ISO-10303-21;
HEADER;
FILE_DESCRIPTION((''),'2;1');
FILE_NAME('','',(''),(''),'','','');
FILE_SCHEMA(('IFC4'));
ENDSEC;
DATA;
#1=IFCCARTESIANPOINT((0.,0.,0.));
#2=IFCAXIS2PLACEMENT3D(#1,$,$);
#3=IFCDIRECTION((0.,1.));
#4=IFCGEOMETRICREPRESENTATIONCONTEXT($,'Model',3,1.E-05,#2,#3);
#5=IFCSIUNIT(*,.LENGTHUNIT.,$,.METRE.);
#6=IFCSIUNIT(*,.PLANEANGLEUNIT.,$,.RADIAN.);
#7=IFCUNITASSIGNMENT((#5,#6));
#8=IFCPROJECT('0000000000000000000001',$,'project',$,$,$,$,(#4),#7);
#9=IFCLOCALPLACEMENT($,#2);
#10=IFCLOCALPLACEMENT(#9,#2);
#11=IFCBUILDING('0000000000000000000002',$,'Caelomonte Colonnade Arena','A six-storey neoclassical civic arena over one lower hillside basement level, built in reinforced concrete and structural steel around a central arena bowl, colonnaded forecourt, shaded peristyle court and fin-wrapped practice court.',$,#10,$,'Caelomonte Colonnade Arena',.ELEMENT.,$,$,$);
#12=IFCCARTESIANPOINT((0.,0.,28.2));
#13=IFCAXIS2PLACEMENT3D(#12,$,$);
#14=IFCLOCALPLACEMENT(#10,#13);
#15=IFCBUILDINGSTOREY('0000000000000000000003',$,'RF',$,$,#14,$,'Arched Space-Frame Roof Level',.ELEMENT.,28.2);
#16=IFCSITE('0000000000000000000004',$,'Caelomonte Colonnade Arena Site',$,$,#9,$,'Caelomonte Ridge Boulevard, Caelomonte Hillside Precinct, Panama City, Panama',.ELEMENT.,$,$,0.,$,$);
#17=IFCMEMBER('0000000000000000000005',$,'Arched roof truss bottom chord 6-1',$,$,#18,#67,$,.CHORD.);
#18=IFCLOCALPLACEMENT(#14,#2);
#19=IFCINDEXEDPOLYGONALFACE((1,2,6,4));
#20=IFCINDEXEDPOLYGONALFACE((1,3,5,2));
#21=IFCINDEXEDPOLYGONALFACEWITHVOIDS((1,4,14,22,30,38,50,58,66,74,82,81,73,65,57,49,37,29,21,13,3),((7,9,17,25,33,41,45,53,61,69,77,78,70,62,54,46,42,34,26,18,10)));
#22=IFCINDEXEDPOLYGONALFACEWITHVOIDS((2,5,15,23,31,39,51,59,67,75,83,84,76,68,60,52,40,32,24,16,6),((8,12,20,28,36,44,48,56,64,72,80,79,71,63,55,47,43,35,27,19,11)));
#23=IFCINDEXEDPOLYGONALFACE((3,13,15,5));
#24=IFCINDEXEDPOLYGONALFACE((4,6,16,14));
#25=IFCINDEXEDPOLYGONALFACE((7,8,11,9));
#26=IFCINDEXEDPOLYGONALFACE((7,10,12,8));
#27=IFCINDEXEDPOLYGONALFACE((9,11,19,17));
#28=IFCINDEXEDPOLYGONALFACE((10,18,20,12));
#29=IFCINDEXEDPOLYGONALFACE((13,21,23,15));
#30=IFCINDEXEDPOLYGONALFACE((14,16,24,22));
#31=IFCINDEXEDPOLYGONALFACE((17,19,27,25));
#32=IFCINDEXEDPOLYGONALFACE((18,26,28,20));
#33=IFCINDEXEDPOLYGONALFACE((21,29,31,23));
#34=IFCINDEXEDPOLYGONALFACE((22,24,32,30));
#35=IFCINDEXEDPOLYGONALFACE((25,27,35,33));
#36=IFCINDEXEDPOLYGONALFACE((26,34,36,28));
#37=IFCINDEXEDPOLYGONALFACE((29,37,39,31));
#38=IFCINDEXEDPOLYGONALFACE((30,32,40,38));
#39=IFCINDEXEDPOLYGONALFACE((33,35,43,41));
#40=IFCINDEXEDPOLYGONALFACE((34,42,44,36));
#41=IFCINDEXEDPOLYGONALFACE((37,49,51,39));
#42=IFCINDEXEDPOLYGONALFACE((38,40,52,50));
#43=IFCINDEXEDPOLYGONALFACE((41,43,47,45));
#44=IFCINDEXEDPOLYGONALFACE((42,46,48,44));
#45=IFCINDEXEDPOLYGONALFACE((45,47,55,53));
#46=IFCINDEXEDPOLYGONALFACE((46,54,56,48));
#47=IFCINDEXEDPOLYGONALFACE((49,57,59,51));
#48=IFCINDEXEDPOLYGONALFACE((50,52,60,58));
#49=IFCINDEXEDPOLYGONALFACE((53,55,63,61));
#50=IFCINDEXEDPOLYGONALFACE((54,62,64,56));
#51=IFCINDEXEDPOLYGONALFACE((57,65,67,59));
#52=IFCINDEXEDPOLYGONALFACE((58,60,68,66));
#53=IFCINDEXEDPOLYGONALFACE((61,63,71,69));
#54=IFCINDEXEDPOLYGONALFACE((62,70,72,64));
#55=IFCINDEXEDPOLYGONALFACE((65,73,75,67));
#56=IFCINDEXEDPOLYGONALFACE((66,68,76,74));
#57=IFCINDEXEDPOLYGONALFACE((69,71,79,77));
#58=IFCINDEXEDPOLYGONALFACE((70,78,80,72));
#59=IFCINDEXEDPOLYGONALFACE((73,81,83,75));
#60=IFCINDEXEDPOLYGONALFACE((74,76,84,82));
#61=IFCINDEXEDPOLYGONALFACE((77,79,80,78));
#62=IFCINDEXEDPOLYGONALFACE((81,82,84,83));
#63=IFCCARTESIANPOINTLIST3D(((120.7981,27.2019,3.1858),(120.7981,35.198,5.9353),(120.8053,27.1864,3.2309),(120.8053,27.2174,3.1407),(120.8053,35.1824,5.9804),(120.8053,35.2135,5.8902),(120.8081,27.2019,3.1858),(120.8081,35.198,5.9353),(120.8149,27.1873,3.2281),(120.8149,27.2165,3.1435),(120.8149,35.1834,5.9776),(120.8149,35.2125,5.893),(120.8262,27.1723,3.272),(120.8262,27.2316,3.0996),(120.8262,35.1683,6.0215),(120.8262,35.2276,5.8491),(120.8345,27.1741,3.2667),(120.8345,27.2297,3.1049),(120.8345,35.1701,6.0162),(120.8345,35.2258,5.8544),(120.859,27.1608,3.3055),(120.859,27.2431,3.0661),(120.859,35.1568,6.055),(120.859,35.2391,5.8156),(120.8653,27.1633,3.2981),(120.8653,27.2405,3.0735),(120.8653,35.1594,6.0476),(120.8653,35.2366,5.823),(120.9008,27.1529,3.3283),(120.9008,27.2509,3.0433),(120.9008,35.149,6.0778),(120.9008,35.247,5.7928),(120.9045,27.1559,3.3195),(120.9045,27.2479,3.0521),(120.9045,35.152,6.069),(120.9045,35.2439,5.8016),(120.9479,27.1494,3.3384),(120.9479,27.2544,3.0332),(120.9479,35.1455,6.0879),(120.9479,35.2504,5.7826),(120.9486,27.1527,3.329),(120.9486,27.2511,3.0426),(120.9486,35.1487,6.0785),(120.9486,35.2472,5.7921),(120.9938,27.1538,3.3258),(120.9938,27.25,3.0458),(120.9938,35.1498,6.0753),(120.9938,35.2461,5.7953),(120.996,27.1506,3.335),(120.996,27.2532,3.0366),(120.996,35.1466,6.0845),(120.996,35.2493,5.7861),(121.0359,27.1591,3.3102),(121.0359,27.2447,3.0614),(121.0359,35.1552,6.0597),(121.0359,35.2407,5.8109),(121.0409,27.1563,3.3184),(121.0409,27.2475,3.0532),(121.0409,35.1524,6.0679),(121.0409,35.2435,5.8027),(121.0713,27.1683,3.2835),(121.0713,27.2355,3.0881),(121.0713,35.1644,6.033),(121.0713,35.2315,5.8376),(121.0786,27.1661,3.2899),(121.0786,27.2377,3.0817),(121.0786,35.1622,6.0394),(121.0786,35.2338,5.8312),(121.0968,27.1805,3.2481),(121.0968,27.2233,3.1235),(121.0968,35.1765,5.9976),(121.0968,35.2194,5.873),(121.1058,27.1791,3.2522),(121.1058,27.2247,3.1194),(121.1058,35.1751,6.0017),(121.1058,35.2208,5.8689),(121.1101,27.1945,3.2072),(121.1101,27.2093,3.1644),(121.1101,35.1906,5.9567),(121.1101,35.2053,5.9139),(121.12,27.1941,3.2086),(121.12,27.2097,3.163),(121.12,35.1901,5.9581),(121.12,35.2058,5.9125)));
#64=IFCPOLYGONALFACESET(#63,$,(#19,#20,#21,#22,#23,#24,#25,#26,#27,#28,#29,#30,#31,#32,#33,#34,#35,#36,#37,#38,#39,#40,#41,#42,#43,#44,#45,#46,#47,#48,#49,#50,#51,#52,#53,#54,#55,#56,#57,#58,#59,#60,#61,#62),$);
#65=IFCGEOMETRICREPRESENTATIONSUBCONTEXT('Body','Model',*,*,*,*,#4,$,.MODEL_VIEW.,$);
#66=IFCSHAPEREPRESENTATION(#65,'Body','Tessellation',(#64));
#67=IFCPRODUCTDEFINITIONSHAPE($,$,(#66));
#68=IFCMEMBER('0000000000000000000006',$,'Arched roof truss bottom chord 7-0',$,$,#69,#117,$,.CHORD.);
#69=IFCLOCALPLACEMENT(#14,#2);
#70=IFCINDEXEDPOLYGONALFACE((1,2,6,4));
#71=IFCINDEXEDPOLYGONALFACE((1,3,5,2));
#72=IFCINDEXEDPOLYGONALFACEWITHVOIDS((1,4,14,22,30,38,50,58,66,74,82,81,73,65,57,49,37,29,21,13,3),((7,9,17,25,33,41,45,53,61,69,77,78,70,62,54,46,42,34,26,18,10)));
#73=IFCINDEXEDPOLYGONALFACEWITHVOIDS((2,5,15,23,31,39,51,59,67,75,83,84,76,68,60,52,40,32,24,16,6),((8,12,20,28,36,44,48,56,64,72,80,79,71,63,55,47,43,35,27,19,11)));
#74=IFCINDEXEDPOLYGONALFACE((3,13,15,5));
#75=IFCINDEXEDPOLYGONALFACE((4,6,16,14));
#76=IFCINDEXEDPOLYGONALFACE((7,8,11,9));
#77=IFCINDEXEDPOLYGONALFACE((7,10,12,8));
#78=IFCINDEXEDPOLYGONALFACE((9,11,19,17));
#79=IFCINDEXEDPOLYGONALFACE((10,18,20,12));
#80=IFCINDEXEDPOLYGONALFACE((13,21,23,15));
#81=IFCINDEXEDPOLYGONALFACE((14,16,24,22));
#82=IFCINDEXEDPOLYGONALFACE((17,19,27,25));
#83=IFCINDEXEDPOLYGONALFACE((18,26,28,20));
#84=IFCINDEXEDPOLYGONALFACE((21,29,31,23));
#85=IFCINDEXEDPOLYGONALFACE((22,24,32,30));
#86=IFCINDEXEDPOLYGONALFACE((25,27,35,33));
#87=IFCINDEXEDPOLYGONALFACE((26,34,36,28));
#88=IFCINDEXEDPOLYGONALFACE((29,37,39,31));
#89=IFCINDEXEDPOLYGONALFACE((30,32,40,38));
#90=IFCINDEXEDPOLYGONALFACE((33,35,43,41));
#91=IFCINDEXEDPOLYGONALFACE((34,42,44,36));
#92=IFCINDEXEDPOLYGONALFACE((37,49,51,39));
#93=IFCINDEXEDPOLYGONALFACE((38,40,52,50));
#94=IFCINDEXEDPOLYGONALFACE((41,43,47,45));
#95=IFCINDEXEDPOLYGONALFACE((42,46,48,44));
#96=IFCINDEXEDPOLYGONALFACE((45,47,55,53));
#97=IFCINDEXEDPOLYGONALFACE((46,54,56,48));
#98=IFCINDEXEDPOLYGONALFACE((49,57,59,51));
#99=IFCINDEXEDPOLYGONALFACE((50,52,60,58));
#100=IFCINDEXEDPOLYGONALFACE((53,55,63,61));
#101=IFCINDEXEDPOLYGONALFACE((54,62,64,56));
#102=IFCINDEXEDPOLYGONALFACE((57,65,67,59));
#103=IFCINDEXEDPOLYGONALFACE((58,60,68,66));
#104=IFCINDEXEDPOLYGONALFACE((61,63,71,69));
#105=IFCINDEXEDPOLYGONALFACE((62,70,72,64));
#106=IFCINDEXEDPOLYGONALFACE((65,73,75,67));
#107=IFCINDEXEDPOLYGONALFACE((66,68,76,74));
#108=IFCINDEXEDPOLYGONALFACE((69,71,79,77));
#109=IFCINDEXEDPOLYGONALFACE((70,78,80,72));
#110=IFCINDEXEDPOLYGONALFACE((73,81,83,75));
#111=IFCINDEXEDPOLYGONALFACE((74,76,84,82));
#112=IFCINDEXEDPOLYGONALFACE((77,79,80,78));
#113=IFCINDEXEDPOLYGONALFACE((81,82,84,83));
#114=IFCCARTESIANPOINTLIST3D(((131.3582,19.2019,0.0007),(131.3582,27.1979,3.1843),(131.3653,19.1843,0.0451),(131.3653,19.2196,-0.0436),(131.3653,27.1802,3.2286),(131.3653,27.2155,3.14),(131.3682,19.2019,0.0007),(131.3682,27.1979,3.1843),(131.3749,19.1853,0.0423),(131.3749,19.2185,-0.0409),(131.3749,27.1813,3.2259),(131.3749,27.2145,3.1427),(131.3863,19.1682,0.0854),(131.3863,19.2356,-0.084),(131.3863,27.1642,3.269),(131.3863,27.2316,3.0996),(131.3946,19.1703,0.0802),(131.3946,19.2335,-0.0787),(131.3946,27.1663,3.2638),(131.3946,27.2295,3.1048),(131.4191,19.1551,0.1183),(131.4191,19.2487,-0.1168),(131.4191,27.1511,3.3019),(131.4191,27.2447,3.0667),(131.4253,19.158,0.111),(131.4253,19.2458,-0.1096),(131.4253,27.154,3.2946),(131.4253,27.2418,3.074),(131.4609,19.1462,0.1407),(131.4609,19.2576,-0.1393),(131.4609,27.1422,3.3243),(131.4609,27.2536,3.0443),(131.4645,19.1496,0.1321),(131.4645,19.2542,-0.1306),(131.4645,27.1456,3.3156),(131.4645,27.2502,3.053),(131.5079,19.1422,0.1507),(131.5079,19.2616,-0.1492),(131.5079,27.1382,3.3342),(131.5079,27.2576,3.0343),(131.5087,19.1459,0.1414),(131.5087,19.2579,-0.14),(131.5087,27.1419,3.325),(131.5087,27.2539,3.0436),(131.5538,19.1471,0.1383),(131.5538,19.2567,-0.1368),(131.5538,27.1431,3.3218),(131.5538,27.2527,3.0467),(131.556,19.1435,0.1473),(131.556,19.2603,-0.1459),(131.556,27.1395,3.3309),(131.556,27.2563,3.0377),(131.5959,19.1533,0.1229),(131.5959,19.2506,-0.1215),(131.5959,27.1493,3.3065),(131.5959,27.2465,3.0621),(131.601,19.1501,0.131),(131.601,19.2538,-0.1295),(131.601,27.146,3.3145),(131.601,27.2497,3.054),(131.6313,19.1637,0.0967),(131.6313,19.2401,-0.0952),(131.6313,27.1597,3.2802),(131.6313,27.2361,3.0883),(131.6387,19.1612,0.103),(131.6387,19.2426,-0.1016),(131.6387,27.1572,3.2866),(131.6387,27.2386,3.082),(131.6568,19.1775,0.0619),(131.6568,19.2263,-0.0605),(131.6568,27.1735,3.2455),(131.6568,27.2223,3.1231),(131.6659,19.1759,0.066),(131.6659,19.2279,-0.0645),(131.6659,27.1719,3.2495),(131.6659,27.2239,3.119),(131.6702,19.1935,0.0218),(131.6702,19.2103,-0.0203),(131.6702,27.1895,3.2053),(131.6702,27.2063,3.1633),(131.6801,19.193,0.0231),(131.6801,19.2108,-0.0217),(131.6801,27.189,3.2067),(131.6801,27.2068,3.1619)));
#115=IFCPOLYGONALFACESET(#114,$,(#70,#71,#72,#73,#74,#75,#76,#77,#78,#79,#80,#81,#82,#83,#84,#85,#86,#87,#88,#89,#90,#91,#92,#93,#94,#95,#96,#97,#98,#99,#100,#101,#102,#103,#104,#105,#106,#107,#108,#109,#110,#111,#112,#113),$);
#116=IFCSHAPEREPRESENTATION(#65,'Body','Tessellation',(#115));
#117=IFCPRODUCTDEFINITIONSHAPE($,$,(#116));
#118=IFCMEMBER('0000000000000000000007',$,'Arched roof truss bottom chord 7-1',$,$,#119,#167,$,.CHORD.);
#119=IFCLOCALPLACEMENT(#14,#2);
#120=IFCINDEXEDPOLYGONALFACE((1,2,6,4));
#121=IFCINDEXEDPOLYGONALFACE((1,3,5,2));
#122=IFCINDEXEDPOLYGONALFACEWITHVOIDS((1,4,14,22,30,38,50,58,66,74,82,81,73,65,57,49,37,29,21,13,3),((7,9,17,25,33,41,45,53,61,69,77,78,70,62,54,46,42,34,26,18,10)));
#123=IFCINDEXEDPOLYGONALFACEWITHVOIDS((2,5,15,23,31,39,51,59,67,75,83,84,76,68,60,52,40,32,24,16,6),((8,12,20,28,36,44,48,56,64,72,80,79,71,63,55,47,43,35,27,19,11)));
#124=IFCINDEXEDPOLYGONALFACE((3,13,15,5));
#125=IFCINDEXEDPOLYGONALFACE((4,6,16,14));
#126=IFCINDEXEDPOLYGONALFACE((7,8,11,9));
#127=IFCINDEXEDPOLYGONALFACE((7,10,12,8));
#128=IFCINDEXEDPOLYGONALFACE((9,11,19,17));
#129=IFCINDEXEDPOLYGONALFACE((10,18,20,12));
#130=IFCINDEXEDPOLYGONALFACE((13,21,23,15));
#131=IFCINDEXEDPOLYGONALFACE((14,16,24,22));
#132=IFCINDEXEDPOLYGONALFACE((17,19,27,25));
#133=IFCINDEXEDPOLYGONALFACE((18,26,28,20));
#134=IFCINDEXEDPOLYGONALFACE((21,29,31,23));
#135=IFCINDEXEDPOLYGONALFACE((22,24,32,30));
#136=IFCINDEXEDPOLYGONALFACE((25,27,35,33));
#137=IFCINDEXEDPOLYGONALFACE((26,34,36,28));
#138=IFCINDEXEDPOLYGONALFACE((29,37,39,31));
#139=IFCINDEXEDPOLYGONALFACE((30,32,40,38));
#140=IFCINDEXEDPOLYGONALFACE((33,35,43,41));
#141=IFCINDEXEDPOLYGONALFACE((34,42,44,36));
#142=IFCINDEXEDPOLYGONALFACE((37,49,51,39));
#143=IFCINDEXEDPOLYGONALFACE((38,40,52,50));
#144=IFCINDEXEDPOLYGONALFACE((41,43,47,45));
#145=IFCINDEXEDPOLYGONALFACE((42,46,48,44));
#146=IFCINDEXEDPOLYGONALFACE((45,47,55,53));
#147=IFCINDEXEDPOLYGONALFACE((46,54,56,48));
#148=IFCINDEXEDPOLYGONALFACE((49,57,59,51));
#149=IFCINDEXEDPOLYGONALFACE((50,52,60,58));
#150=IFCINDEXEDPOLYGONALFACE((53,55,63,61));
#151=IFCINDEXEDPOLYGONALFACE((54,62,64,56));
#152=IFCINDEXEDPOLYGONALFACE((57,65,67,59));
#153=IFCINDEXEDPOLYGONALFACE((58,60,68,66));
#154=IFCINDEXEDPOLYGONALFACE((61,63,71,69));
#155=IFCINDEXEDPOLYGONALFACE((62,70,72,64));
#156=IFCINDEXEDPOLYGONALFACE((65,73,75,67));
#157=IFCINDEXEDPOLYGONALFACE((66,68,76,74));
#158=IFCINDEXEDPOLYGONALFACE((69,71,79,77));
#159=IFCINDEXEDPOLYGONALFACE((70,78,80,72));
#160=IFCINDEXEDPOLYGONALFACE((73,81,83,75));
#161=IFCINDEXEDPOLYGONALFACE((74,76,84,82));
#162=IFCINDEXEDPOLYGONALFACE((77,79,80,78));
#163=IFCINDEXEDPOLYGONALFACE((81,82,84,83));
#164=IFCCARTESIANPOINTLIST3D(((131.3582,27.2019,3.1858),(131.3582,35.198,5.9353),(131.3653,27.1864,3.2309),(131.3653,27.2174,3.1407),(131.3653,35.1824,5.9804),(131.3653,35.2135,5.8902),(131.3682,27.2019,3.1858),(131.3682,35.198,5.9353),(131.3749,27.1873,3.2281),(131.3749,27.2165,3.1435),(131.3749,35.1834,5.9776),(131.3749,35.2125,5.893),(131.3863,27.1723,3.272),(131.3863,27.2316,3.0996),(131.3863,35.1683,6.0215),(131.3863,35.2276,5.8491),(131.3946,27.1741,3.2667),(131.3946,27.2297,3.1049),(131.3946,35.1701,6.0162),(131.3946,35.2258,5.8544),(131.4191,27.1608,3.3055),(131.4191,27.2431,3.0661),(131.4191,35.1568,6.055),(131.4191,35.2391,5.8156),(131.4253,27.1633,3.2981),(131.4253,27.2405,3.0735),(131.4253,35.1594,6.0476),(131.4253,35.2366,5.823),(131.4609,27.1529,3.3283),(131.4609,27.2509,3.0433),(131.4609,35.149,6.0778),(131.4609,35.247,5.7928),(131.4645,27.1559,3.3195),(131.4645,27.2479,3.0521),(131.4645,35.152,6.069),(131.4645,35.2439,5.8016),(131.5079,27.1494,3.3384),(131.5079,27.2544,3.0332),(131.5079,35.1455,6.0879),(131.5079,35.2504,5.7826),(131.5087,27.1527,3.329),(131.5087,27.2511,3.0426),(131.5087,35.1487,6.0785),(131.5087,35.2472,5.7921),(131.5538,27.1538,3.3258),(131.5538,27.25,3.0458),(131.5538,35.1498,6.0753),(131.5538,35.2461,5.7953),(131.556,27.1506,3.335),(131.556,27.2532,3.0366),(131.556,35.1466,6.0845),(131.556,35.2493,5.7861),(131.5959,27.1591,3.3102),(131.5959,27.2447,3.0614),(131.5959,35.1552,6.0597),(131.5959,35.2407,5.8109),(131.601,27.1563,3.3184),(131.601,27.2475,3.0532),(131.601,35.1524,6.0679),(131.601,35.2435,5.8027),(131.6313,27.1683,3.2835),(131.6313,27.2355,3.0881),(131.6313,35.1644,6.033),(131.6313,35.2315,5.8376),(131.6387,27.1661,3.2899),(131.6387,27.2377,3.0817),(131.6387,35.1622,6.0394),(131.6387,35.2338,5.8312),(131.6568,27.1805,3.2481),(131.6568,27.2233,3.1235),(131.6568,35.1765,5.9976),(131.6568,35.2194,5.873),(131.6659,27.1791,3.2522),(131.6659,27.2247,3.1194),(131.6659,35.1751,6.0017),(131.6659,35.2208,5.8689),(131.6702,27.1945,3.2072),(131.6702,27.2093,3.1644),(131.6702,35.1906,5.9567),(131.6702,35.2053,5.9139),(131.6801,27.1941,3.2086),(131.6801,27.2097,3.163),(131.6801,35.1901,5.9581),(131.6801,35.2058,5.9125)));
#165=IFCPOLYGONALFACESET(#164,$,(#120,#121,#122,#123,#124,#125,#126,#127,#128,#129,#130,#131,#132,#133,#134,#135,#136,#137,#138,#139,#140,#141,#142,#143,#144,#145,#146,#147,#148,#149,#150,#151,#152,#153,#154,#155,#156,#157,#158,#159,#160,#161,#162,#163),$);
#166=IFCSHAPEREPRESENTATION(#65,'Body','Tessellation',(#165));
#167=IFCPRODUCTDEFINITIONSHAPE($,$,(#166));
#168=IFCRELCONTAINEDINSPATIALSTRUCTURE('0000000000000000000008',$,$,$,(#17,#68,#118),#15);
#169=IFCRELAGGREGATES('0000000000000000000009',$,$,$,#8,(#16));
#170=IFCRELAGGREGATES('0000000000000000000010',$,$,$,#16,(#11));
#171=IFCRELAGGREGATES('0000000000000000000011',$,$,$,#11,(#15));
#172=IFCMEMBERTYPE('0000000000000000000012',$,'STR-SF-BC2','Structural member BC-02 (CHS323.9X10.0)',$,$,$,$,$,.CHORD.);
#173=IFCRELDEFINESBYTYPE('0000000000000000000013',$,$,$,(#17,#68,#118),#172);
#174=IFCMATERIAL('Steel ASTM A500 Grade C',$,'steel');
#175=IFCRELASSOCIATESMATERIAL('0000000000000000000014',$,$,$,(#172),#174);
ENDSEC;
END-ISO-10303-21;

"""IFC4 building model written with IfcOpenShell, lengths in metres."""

from ifc_helpers import new_model, si_unit, direction, frame, origin, origin_2d, place, context, subcontext, project, spatial, hollow_circle, extrude, material, material_profile, profile_set, type_object, element, save


model = new_model("IFC4")

# Units and contexts
model_context = context("Model", 3, precision=1e-05, world=origin(), true_north=direction((0.0, 1.0)))
body_context = subcontext(model_context, "Body", "Model", "MODEL_VIEW")
ifc_project = project(units=[si_unit("LENGTHUNIT", "METRE"), si_unit("PLANEANGLEUNIT", "RADIAN")], contexts=[model_context])

# Site, building, storey
site_placement = place(None, origin())
site = spatial("IfcSite", under=ifc_project, at=site_placement, Name="Caelomonte Colonnade Arena Site", LongName="Caelomonte Ridge Boulevard, Caelomonte Hillside Precinct, Panama City, Panama", CompositionType="ELEMENT", RefElevation=0.0)
building_placement = place(site_placement, origin())
building = spatial("IfcBuilding", under=site, at=building_placement, Name="Caelomonte Colonnade Arena", Description="A six-storey neoclassical civic arena over one lower hillside basement level, built in reinforced concrete and structural steel around a central arena bowl, colonnaded forecourt, shaded peristyle court and fin-wrapped practice court.", LongName="Caelomonte Colonnade Arena", CompositionType="ELEMENT")
storey_placement = place(building_placement, frame((0.0, 0.0, 28.2)))
storey = spatial("IfcBuildingStorey", under=building, at=storey_placement, Name="RF", LongName="Arched Space-Frame Roof Level", CompositionType="ELEMENT", Elevation=28.2)

# Members
ifc_material_1 = material(Name="Steel ASTM A500 Grade C", Category="steel")
ifc_material_profile_1 = material_profile(ifc_material_1, hollow_circle(Radius=0.1619, WallThickness=0.01, at=origin_2d()), Name="CHS323.9X10.0")
ifc_profile_set_1 = profile_set([ifc_material_profile_1], Name="Steel ASTM A500 Grade C")
member_type_1 = type_object("IfcMemberType", Name="STR-SF-BC2", Description="Structural member BC-02 (CHS323.9X10.0)", PredefinedType="CHORD", material=ifc_profile_set_1)
member_1_placement = place(storey_placement, frame((120.96, 27.2019, 3.1858), z_axis=(0.0, 0.945656, 0.32517), x_axis=(-1.0, 0.0, 0.0)))
element("IfcMember", 1, at=member_1_placement, inside=storey, type_object=member_type_1, Name="Arched roof truss bottom chord 6-1", PredefinedType="CHORD", context=body_context, shape_type="SweptSolid", body=[
    extrude(hollow_circle(Radius=0.1619, WallThickness=0.01, at=origin_2d()), origin(), (0.0, 0.0, 1.0), 8.4556),
])
member_2_placement = place(storey_placement, frame((131.52, 19.2019, 0.0007), z_axis=(0.0, 0.92907, 0.369903), x_axis=(-1.0, 0.0, 0.0)))
element("IfcMember", 2, at=member_2_placement, inside=storey, type_object=member_type_1, Name="Arched roof truss bottom chord 7-0", PredefinedType="CHORD", context=body_context, shape_type="SweptSolid", body=[
    extrude(hollow_circle(Radius=0.1619, WallThickness=0.01, at=origin_2d()), origin(), (0.0, 0.0, 1.0), 8.6064),
])
member_3_placement = place(storey_placement, frame((131.52, 27.2019, 3.1858), z_axis=(0.0, 0.945656, 0.32517), x_axis=(-1.0, 0.0, 0.0)))
element("IfcMember", 3, at=member_3_placement, inside=storey, type_object=member_type_1, Name="Arched roof truss bottom chord 7-1", PredefinedType="CHORD", context=body_context, shape_type="SweptSolid", body=[
    extrude(hollow_circle(Radius=0.1619, WallThickness=0.01, at=origin_2d()), origin(), (0.0, 0.0, 1.0), 8.4556),
])

save(model, "model.ifc")
